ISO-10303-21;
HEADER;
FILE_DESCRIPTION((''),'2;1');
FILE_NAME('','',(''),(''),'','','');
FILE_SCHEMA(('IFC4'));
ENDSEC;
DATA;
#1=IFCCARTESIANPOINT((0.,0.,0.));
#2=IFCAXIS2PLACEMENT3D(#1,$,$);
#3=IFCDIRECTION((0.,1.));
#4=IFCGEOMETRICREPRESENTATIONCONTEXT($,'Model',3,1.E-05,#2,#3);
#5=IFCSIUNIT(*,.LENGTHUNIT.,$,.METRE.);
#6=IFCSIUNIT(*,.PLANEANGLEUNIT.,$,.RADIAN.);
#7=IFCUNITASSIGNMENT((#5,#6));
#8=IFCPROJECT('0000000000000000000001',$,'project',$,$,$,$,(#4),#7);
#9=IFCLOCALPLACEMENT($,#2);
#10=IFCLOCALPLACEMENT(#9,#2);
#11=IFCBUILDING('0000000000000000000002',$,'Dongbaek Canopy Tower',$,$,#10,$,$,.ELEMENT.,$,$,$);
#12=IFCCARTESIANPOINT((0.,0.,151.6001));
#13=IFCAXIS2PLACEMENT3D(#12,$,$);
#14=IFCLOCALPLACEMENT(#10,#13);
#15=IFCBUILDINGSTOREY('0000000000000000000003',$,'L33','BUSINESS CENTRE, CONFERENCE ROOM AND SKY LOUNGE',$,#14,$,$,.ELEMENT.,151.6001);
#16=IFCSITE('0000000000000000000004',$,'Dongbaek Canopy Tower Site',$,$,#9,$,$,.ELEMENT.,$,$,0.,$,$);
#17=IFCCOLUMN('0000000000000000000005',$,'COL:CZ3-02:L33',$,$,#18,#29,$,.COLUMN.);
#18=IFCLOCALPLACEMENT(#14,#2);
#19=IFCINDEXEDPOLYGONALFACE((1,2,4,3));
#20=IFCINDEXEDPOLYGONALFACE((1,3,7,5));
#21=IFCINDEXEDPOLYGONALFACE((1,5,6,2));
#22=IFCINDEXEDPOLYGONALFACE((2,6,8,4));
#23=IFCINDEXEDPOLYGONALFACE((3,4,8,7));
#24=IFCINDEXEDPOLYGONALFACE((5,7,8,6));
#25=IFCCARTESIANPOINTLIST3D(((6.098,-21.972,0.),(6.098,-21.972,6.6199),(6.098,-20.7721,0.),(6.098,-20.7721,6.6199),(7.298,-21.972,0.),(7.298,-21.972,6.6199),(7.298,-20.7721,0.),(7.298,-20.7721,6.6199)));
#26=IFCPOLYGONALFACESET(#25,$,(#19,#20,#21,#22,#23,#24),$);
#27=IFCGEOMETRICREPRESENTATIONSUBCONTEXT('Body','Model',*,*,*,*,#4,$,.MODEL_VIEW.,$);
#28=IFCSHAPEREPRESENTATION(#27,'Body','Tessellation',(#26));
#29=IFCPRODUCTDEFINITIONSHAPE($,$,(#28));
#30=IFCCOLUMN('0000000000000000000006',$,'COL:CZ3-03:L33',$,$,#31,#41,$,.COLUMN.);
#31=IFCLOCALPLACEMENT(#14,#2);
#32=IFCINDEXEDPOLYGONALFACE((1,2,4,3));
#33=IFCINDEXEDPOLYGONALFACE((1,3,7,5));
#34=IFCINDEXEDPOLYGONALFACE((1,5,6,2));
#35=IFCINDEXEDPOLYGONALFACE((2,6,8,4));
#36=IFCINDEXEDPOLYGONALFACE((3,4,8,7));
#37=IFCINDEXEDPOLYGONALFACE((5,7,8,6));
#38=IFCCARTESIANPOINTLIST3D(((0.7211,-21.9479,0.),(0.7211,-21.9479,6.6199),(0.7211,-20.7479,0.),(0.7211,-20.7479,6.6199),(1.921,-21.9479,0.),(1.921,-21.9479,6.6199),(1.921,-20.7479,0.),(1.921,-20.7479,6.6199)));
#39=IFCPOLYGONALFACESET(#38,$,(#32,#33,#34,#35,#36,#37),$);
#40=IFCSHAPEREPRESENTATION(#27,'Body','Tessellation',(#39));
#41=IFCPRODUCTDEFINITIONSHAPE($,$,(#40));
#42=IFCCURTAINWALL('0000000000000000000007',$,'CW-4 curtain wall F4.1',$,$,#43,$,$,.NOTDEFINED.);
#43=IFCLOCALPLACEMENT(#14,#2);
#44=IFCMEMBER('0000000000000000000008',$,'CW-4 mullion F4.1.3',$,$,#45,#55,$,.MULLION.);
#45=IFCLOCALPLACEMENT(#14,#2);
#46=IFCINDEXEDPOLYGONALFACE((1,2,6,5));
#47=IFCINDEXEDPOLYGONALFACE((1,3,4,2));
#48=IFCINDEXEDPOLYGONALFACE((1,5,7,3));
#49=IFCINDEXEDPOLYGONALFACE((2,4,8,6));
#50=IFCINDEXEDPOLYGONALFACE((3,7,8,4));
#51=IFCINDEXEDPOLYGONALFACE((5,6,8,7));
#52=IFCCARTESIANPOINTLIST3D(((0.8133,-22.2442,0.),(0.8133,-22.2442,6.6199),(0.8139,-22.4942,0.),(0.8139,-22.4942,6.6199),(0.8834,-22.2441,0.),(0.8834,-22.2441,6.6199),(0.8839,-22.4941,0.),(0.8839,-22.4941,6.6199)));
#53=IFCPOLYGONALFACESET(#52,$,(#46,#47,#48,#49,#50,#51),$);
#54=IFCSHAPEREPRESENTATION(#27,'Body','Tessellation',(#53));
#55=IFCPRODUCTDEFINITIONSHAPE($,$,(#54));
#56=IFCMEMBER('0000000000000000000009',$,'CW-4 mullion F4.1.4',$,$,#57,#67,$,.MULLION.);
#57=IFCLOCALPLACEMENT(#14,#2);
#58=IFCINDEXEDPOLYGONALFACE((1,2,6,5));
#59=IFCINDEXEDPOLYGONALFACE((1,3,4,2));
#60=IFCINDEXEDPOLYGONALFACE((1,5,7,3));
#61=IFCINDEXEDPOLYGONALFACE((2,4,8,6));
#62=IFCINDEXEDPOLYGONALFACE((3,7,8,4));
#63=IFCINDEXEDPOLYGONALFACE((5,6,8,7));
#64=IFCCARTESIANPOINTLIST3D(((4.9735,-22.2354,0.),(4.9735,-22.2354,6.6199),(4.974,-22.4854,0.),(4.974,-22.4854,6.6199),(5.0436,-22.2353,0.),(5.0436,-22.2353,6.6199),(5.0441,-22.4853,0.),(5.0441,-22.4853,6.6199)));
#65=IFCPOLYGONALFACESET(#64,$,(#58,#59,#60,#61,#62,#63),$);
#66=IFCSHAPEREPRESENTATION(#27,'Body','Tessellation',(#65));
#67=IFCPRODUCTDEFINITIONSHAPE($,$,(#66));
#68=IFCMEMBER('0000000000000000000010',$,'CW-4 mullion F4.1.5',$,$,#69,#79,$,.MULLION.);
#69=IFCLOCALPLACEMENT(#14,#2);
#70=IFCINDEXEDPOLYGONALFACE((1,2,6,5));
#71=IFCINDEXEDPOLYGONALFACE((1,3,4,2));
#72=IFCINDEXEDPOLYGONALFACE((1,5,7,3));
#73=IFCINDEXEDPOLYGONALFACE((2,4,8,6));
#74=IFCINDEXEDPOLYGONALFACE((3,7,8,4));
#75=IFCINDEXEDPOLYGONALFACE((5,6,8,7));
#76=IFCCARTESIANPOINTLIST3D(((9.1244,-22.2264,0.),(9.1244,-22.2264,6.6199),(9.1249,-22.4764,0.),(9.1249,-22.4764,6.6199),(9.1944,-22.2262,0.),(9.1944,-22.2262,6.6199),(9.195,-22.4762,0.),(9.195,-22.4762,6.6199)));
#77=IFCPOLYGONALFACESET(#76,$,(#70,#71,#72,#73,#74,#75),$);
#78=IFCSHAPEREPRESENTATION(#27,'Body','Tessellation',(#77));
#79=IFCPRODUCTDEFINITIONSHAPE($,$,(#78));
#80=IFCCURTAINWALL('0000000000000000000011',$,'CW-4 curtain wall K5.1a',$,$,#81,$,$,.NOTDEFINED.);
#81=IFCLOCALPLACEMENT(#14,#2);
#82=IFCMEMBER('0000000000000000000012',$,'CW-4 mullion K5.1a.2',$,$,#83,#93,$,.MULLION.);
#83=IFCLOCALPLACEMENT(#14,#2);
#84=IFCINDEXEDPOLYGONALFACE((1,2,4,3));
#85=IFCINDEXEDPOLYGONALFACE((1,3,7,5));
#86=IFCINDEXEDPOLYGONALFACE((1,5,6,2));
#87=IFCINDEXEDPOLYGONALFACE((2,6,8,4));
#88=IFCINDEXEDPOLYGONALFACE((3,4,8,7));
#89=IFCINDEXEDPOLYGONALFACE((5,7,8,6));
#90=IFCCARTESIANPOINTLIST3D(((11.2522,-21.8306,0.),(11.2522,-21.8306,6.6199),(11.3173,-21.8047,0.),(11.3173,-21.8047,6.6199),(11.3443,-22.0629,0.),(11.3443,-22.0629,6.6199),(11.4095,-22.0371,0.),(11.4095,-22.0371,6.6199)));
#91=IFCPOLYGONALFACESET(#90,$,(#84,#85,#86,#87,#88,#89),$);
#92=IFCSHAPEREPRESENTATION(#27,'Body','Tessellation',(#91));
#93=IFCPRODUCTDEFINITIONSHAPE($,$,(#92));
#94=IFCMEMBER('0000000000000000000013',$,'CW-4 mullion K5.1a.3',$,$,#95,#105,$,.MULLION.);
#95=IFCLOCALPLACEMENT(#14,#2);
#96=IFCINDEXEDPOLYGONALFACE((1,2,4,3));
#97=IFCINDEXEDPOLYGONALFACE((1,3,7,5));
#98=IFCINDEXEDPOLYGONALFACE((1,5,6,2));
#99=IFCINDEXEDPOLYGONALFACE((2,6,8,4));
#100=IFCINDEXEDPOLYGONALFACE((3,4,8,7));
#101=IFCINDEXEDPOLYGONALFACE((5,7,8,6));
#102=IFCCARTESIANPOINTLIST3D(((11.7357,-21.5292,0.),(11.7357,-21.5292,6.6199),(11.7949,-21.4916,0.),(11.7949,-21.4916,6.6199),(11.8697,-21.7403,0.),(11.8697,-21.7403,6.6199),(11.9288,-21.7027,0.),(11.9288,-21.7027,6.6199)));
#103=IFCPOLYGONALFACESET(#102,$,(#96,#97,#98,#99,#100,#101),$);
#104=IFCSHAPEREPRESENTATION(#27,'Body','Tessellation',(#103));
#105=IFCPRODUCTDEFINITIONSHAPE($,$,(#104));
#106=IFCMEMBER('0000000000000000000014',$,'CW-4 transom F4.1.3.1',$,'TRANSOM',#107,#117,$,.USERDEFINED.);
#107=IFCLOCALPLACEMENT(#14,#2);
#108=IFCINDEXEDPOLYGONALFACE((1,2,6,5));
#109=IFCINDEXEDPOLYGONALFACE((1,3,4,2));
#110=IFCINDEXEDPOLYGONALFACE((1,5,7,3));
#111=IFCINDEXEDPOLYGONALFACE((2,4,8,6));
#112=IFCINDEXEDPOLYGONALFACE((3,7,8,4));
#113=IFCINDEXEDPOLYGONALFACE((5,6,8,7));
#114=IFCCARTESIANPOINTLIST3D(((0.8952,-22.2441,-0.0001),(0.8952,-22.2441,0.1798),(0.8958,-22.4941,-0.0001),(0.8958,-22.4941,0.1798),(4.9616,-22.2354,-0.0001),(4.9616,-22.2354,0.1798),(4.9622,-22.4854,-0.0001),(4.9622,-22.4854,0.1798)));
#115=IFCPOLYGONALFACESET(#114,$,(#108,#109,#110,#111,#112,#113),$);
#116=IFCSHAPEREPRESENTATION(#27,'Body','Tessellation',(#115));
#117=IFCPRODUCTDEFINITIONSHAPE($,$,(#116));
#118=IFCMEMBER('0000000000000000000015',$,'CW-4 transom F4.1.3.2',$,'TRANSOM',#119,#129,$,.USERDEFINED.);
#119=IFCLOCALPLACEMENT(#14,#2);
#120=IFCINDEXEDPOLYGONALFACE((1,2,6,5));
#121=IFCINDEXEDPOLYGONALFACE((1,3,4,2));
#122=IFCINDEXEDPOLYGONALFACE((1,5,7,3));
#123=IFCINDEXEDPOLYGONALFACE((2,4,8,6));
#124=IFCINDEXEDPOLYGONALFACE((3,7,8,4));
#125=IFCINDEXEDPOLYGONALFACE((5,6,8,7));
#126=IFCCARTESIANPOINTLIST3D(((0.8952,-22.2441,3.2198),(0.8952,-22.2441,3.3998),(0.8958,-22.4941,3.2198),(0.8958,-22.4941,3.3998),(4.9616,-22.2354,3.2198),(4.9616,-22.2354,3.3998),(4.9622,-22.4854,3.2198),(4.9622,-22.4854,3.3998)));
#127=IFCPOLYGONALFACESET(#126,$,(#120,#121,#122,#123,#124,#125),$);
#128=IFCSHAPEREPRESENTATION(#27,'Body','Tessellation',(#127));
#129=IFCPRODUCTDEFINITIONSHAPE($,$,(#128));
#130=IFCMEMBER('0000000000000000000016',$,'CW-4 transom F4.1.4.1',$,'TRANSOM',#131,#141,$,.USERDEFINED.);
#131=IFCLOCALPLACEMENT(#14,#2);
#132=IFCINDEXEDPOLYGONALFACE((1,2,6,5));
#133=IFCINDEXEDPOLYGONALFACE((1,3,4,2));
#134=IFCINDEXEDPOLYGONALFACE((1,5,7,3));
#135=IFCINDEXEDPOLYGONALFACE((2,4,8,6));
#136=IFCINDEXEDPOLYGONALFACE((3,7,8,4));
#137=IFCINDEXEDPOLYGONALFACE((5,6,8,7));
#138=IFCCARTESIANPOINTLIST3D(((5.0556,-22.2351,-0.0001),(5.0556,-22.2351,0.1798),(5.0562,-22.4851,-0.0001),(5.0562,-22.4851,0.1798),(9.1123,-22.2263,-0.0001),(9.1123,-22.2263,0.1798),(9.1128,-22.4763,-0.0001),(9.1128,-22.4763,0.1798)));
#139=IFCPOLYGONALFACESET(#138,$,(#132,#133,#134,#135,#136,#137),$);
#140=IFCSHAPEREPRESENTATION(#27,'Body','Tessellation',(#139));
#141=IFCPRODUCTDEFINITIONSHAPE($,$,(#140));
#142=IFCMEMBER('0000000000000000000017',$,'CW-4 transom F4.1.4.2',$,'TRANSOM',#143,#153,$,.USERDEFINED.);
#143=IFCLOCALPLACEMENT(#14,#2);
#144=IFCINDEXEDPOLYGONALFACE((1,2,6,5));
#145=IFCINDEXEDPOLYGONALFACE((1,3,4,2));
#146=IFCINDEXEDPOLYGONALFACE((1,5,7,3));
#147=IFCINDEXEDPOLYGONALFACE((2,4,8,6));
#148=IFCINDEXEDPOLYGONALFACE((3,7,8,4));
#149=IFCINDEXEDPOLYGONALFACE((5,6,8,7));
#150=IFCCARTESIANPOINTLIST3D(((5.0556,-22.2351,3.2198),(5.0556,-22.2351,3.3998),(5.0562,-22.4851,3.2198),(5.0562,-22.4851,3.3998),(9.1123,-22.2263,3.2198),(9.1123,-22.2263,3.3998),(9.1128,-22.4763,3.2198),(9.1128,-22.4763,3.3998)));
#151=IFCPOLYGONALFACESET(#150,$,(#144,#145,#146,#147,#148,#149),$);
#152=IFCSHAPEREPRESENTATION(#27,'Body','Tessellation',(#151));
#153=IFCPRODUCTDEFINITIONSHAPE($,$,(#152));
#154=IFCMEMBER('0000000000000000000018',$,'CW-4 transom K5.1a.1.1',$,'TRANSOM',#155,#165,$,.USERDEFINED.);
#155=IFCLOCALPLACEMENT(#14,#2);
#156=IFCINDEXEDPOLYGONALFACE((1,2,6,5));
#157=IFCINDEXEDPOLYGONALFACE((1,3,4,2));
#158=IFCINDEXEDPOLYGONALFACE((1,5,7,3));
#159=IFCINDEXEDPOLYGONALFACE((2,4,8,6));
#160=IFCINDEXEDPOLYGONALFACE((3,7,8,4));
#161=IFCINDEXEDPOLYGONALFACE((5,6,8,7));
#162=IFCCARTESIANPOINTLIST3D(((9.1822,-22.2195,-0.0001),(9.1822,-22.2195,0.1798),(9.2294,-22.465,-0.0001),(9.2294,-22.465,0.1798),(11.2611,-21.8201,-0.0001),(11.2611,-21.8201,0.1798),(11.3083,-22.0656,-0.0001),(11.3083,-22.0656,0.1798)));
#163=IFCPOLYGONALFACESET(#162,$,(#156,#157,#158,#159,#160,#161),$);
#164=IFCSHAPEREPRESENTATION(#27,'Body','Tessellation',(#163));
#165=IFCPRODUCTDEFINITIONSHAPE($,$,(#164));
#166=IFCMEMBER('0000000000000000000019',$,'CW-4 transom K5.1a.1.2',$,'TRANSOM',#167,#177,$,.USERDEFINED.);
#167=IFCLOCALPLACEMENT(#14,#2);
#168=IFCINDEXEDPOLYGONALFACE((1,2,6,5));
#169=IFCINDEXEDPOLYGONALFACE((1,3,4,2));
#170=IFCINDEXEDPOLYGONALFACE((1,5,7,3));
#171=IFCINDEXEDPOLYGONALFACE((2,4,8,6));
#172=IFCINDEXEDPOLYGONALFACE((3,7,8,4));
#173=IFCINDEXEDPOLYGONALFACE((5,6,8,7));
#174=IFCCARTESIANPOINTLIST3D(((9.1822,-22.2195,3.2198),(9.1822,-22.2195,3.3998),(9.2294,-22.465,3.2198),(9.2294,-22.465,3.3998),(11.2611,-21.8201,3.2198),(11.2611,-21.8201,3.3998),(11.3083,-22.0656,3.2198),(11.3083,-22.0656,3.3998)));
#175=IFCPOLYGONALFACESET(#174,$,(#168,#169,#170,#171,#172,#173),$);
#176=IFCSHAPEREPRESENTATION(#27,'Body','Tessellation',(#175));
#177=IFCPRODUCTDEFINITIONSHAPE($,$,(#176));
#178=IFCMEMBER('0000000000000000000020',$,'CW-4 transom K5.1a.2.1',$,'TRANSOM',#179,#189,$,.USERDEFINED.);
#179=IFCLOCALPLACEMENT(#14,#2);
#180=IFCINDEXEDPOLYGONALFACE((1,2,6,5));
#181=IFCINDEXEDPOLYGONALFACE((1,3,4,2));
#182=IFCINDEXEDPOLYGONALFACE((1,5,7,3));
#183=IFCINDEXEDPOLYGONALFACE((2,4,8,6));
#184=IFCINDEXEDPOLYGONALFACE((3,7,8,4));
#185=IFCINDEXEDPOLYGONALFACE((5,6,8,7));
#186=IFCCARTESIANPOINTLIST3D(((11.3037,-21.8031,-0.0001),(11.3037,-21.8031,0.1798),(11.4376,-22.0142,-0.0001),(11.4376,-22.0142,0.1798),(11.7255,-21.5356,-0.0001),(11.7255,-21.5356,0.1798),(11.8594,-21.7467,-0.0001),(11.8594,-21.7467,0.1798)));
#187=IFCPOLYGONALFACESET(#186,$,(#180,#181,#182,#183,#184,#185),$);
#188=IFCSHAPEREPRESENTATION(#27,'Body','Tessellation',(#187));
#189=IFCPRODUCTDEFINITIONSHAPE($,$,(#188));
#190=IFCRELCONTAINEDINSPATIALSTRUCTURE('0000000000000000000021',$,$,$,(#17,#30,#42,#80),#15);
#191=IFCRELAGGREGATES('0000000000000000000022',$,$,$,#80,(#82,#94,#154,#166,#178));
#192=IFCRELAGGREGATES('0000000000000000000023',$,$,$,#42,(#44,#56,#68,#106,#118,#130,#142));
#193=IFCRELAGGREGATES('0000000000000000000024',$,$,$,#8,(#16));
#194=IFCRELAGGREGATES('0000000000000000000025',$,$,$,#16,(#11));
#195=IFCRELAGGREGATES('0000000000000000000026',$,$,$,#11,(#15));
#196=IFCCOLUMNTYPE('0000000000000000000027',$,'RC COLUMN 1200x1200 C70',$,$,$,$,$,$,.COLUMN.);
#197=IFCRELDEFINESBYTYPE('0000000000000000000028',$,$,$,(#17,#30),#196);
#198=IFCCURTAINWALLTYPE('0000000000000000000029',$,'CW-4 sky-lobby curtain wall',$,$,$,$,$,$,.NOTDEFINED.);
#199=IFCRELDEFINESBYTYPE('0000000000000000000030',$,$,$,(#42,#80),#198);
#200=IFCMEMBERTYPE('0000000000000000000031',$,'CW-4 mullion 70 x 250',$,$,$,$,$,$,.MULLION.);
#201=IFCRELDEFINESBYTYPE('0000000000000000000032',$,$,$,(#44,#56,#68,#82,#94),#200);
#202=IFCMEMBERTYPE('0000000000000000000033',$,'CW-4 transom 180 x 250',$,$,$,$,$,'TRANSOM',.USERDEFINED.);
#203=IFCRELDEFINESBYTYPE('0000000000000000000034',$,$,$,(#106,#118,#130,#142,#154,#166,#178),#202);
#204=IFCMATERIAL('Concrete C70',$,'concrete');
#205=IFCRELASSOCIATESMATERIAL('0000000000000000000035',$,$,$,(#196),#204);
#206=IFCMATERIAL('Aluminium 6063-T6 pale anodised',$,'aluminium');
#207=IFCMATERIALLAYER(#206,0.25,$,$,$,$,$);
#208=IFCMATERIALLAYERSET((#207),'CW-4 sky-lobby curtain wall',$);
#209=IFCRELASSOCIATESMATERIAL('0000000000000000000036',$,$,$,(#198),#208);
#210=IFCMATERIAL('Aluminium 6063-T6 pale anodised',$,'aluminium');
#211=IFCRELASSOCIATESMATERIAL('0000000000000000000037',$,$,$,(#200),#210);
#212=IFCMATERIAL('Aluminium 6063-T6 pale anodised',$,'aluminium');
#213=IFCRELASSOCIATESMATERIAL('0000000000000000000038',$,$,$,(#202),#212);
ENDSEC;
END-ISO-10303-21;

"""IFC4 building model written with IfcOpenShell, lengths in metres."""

from ifc_helpers import new_model, si_unit, direction, frame, origin, origin_2d, place, context, subcontext, project, spatial, rectangle, extrude, material, layer, layer_set, material_profile, profile_set, type_object, element, aggregate, save


model = new_model("IFC4")

# Units and contexts
model_context = context("Model", 3, precision=1e-05, world=origin(), true_north=direction((0.0, 1.0)))
body_context = subcontext(model_context, "Body", "Model", "MODEL_VIEW")
ifc_project = project(units=[si_unit("LENGTHUNIT", "METRE"), si_unit("PLANEANGLEUNIT", "RADIAN")], contexts=[model_context])

# Site, building, storey
site_placement = place(None, origin())
site = spatial("IfcSite", under=ifc_project, at=site_placement, Name="Dongbaek Canopy Tower Site", CompositionType="ELEMENT", RefElevation=0.0)
building_placement = place(site_placement, origin())
building = spatial("IfcBuilding", under=site, at=building_placement, Name="Dongbaek Canopy Tower", CompositionType="ELEMENT")
storey_placement = place(building_placement, frame((0.0, 0.0, 151.6001)))
storey = spatial("IfcBuildingStorey", under=building, at=storey_placement, Name="L33", Description="BUSINESS CENTRE, CONFERENCE ROOM AND SKY LOUNGE", CompositionType="ELEMENT", Elevation=151.6001)

# Columns
ifc_material_1 = material(Name="Concrete C70", Category="concrete")
ifc_material_profile_1 = material_profile(ifc_material_1, rectangle(XDim=1.2, YDim=1.2, at=origin_2d()), Name="RC COLUMN 1200x1200 C70")
ifc_profile_set_1 = profile_set([ifc_material_profile_1], Name="Concrete C70")
column_type = type_object("IfcColumnType", Name="RC COLUMN 1200x1200 C70", PredefinedType="COLUMN", material=ifc_profile_set_1)
for number, where, z_axis, x_axis, name in (
    (1, (6.698, -21.3721, 0.0), (0.0, 0.0, 1.0), (1.0, 0.0, 0.0), "COL:CZ3-02:L33"),
    (2, (1.321, -21.3479, 0.0), (0.0, 0.0, 1.0), (1.0, 0.0, 0.0), "COL:CZ3-03:L33"),
):
    element("IfcColumn", number, at=place(storey_placement, frame(where, z_axis=z_axis, x_axis=x_axis)), inside=storey, type_object=column_type, Name=name, PredefinedType="COLUMN", context=body_context, shape_type="SweptSolid", body=[
        extrude(rectangle(XDim=1.2, YDim=1.2, at=origin_2d()), origin(), (0.0, 0.0, 1.0), 6.6199),
    ])

# Curtain walls, members
ifc_material_2 = material(Name="Aluminium 6063-T6 pale anodised", Category="aluminium")
ifc_layer_1 = layer(ifc_material_2, 0.25)
ifc_layer_set_1 = layer_set([ifc_layer_1], Name="CW-4 sky-lobby curtain wall")
curtain_wall_type = type_object("IfcCurtainWallType", Name="CW-4 sky-lobby curtain wall", PredefinedType="NOTDEFINED", material=ifc_layer_set_1)
curtain_wall_1_placement = place(storey_placement, origin())
curtain_wall_1 = element("IfcCurtainWall", 3, at=curtain_wall_1_placement, inside=storey, type_object=curtain_wall_type, Name="CW-4 curtain wall F4.1", PredefinedType="NOTDEFINED")
ifc_material_3 = material(Name="Aluminium 6063-T6 pale anodised", Category="aluminium")
ifc_material_profile_2 = material_profile(ifc_material_3, rectangle(XDim=0.25, YDim=0.0701, at=origin_2d()), Name="CW-4 mullion 70 x 250")
ifc_profile_set_2 = profile_set([ifc_material_profile_2], Name="Aluminium 6063-T6 pale anodised")
member_type_1 = type_object("IfcMemberType", Name="CW-4 mullion 70 x 250", PredefinedType="MULLION", material=ifc_profile_set_2)
member_1_placement = place(storey_placement, frame((0.8486, -22.3691, 0.0), z_axis=(0.0, 0.0, 1.0), x_axis=(0.002164, -0.999998, 0.0)))
member_1 = element("IfcMember", 4, at=member_1_placement, type_object=member_type_1, Name="CW-4 mullion F4.1.3", PredefinedType="MULLION", context=body_context, shape_type="SweptSolid", body=[
    extrude(rectangle(XDim=0.25, YDim=0.0701, at=origin_2d()), origin(), (0.0, 0.0, 1.0), 6.6199),
])
member_2_placement = place(storey_placement, frame((5.0088, -22.3604, 0.0), z_axis=(0.0, 0.0, 1.0), x_axis=(0.002164, -0.999998, 0.0)))
member_2 = element("IfcMember", 5, at=member_2_placement, type_object=member_type_1, Name="CW-4 mullion F4.1.4", PredefinedType="MULLION", context=body_context, shape_type="SweptSolid", body=[
    extrude(rectangle(XDim=0.25, YDim=0.0701, at=origin_2d()), origin(), (0.0, 0.0, 1.0), 6.6199),
])
member_3_placement = place(storey_placement, frame((9.1597, -22.3513, 0.0), z_axis=(0.0, 0.0, 1.0), x_axis=(0.002164, -0.999998, 0.0)))
member_3 = element("IfcMember", 6, at=member_3_placement, type_object=member_type_1, Name="CW-4 mullion F4.1.5", PredefinedType="MULLION", context=body_context, shape_type="SweptSolid", body=[
    extrude(rectangle(XDim=0.25, YDim=0.0701, at=origin_2d()), origin(), (0.0, 0.0, 1.0), 6.6199),
])
curtain_wall_2_placement = place(storey_placement, origin())
curtain_wall_2 = element("IfcCurtainWall", 7, at=curtain_wall_2_placement, inside=storey, type_object=curtain_wall_type, Name="CW-4 curtain wall K5.1a", PredefinedType="NOTDEFINED")
member_4_placement = place(storey_placement, frame((11.3308, -21.9338, 0.0), z_axis=(0.0, 0.0, 1.0), x_axis=(0.368706, -0.929546, 0.0)))
member_4 = element("IfcMember", 8, at=member_4_placement, type_object=member_type_1, Name="CW-4 mullion K5.1a.2", PredefinedType="MULLION", context=body_context, shape_type="SweptSolid", body=[
    extrude(rectangle(XDim=0.25, YDim=0.0701, at=origin_2d()), origin(), (0.0, 0.0, 1.0), 6.6199),
])
member_5_placement = place(storey_placement, frame((11.8323, -21.616, 0.0), z_axis=(0.0, 0.0, 1.0), x_axis=(0.535706, -0.844405, 0.0)))
member_5 = element("IfcMember", 9, at=member_5_placement, type_object=member_type_1, Name="CW-4 mullion K5.1a.3", PredefinedType="MULLION", context=body_context, shape_type="SweptSolid", body=[
    extrude(rectangle(XDim=0.25, YDim=0.0701, at=origin_2d()), origin(), (0.0, 0.0, 1.0), 6.6199),
])

# Members
ifc_material_4 = material(Name="Aluminium 6063-T6 pale anodised", Category="aluminium")
ifc_material_profile_3 = material_profile(ifc_material_4, rectangle(XDim=0.25, YDim=0.1799, at=origin_2d()), Name="CW-4 transom 180 x 250")
ifc_profile_set_3 = profile_set([ifc_material_profile_3], Name="Aluminium 6063-T6 pale anodised")
member_type_2 = type_object("IfcMemberType", Name="CW-4 transom 180 x 250", ElementType="TRANSOM", PredefinedType="USERDEFINED", material=ifc_profile_set_3)
member_6_placement = place(storey_placement, frame((0.8955, -22.3691, 0.0898), z_axis=(0.999998, 0.002161, 0.0), x_axis=(-0.002161, 0.999998, 0.0)))
member_6 = element("IfcMember", 10, at=member_6_placement, type_object=member_type_2, Name="CW-4 transom F4.1.3.1", ObjectType="TRANSOM", PredefinedType="USERDEFINED", context=body_context, shape_type="SweptSolid", body=[
    extrude(rectangle(XDim=0.25, YDim=0.1799, at=origin_2d()), origin(), (0.0, 0.0, 1.0), 4.0664),
])
member_7_placement = place(storey_placement, frame((0.8955, -22.3691, 3.3098), z_axis=(0.999998, 0.002161, 0.0), x_axis=(-0.002161, 0.999998, 0.0)))
member_7 = element("IfcMember", 11, at=member_7_placement, type_object=member_type_2, Name="CW-4 transom F4.1.3.2", ObjectType="TRANSOM", PredefinedType="USERDEFINED", context=body_context, shape_type="SweptSolid", body=[
    extrude(rectangle(XDim=0.25, YDim=0.1799, at=origin_2d()), origin(), (0.0, 0.0, 1.0), 4.0664),
])
member_8_placement = place(storey_placement, frame((5.0559, -22.3601, 0.0898), z_axis=(0.999998, 0.002167, 0.0), x_axis=(-0.002167, 0.999998, 0.0)))
member_8 = element("IfcMember", 12, at=member_8_placement, type_object=member_type_2, Name="CW-4 transom F4.1.4.1", ObjectType="TRANSOM", PredefinedType="USERDEFINED", context=body_context, shape_type="SweptSolid", body=[
    extrude(rectangle(XDim=0.25, YDim=0.1799, at=origin_2d()), origin(), (0.0, 0.0, 1.0), 4.0566),
])
member_9_placement = place(storey_placement, frame((5.0559, -22.3601, 3.3098), z_axis=(0.999998, 0.002167, 0.0), x_axis=(-0.002167, 0.999998, 0.0)))
member_9 = element("IfcMember", 13, at=member_9_placement, type_object=member_type_2, Name="CW-4 transom F4.1.4.2", ObjectType="TRANSOM", PredefinedType="USERDEFINED", context=body_context, shape_type="SweptSolid", body=[
    extrude(rectangle(XDim=0.25, YDim=0.1799, at=origin_2d()), origin(), (0.0, 0.0, 1.0), 4.0566),
])
member_10_placement = place(storey_placement, frame((9.2058, -22.3423, 0.0898), z_axis=(0.982039, 0.188681, 0.0), x_axis=(-0.188681, 0.982039, 0.0)))
member_10 = element("IfcMember", 14, at=member_10_placement, type_object=member_type_2, Name="CW-4 transom K5.1a.1.1", ObjectType="TRANSOM", PredefinedType="USERDEFINED", context=body_context, shape_type="SweptSolid", body=[
    extrude(rectangle(XDim=0.25, YDim=0.1799, at=origin_2d()), origin(), (0.0, 0.0, 1.0), 2.1169),
])
member_11_placement = place(storey_placement, frame((9.2058, -22.3423, 3.3098), z_axis=(0.982039, 0.188681, 0.0), x_axis=(-0.188681, 0.982039, 0.0)))
member_11 = element("IfcMember", 15, at=member_11_placement, type_object=member_type_2, Name="CW-4 transom K5.1a.1.2", ObjectType="TRANSOM", PredefinedType="USERDEFINED", context=body_context, shape_type="SweptSolid", body=[
    extrude(rectangle(XDim=0.25, YDim=0.1799, at=origin_2d()), origin(), (0.0, 0.0, 1.0), 2.1169),
])
member_12_placement = place(storey_placement, frame((11.3706, -21.9087, 0.0898), z_axis=(0.844465, 0.53561, 0.0), x_axis=(-0.53561, 0.844465, 0.0)))
member_12 = element("IfcMember", 16, at=member_12_placement, type_object=member_type_2, Name="CW-4 transom K5.1a.2.1", ObjectType="TRANSOM", PredefinedType="USERDEFINED", context=body_context, shape_type="SweptSolid", body=[
    extrude(rectangle(XDim=0.25, YDim=0.1799, at=origin_2d()), origin(), (0.0, 0.0, 1.0), 0.4995),
])

aggregate(curtain_wall_2, [member_4, member_5, member_10, member_11, member_12])

aggregate(curtain_wall_1, [member_1, member_2, member_3, member_6, member_7, member_8, member_9])

save(model, "model.ifc")
